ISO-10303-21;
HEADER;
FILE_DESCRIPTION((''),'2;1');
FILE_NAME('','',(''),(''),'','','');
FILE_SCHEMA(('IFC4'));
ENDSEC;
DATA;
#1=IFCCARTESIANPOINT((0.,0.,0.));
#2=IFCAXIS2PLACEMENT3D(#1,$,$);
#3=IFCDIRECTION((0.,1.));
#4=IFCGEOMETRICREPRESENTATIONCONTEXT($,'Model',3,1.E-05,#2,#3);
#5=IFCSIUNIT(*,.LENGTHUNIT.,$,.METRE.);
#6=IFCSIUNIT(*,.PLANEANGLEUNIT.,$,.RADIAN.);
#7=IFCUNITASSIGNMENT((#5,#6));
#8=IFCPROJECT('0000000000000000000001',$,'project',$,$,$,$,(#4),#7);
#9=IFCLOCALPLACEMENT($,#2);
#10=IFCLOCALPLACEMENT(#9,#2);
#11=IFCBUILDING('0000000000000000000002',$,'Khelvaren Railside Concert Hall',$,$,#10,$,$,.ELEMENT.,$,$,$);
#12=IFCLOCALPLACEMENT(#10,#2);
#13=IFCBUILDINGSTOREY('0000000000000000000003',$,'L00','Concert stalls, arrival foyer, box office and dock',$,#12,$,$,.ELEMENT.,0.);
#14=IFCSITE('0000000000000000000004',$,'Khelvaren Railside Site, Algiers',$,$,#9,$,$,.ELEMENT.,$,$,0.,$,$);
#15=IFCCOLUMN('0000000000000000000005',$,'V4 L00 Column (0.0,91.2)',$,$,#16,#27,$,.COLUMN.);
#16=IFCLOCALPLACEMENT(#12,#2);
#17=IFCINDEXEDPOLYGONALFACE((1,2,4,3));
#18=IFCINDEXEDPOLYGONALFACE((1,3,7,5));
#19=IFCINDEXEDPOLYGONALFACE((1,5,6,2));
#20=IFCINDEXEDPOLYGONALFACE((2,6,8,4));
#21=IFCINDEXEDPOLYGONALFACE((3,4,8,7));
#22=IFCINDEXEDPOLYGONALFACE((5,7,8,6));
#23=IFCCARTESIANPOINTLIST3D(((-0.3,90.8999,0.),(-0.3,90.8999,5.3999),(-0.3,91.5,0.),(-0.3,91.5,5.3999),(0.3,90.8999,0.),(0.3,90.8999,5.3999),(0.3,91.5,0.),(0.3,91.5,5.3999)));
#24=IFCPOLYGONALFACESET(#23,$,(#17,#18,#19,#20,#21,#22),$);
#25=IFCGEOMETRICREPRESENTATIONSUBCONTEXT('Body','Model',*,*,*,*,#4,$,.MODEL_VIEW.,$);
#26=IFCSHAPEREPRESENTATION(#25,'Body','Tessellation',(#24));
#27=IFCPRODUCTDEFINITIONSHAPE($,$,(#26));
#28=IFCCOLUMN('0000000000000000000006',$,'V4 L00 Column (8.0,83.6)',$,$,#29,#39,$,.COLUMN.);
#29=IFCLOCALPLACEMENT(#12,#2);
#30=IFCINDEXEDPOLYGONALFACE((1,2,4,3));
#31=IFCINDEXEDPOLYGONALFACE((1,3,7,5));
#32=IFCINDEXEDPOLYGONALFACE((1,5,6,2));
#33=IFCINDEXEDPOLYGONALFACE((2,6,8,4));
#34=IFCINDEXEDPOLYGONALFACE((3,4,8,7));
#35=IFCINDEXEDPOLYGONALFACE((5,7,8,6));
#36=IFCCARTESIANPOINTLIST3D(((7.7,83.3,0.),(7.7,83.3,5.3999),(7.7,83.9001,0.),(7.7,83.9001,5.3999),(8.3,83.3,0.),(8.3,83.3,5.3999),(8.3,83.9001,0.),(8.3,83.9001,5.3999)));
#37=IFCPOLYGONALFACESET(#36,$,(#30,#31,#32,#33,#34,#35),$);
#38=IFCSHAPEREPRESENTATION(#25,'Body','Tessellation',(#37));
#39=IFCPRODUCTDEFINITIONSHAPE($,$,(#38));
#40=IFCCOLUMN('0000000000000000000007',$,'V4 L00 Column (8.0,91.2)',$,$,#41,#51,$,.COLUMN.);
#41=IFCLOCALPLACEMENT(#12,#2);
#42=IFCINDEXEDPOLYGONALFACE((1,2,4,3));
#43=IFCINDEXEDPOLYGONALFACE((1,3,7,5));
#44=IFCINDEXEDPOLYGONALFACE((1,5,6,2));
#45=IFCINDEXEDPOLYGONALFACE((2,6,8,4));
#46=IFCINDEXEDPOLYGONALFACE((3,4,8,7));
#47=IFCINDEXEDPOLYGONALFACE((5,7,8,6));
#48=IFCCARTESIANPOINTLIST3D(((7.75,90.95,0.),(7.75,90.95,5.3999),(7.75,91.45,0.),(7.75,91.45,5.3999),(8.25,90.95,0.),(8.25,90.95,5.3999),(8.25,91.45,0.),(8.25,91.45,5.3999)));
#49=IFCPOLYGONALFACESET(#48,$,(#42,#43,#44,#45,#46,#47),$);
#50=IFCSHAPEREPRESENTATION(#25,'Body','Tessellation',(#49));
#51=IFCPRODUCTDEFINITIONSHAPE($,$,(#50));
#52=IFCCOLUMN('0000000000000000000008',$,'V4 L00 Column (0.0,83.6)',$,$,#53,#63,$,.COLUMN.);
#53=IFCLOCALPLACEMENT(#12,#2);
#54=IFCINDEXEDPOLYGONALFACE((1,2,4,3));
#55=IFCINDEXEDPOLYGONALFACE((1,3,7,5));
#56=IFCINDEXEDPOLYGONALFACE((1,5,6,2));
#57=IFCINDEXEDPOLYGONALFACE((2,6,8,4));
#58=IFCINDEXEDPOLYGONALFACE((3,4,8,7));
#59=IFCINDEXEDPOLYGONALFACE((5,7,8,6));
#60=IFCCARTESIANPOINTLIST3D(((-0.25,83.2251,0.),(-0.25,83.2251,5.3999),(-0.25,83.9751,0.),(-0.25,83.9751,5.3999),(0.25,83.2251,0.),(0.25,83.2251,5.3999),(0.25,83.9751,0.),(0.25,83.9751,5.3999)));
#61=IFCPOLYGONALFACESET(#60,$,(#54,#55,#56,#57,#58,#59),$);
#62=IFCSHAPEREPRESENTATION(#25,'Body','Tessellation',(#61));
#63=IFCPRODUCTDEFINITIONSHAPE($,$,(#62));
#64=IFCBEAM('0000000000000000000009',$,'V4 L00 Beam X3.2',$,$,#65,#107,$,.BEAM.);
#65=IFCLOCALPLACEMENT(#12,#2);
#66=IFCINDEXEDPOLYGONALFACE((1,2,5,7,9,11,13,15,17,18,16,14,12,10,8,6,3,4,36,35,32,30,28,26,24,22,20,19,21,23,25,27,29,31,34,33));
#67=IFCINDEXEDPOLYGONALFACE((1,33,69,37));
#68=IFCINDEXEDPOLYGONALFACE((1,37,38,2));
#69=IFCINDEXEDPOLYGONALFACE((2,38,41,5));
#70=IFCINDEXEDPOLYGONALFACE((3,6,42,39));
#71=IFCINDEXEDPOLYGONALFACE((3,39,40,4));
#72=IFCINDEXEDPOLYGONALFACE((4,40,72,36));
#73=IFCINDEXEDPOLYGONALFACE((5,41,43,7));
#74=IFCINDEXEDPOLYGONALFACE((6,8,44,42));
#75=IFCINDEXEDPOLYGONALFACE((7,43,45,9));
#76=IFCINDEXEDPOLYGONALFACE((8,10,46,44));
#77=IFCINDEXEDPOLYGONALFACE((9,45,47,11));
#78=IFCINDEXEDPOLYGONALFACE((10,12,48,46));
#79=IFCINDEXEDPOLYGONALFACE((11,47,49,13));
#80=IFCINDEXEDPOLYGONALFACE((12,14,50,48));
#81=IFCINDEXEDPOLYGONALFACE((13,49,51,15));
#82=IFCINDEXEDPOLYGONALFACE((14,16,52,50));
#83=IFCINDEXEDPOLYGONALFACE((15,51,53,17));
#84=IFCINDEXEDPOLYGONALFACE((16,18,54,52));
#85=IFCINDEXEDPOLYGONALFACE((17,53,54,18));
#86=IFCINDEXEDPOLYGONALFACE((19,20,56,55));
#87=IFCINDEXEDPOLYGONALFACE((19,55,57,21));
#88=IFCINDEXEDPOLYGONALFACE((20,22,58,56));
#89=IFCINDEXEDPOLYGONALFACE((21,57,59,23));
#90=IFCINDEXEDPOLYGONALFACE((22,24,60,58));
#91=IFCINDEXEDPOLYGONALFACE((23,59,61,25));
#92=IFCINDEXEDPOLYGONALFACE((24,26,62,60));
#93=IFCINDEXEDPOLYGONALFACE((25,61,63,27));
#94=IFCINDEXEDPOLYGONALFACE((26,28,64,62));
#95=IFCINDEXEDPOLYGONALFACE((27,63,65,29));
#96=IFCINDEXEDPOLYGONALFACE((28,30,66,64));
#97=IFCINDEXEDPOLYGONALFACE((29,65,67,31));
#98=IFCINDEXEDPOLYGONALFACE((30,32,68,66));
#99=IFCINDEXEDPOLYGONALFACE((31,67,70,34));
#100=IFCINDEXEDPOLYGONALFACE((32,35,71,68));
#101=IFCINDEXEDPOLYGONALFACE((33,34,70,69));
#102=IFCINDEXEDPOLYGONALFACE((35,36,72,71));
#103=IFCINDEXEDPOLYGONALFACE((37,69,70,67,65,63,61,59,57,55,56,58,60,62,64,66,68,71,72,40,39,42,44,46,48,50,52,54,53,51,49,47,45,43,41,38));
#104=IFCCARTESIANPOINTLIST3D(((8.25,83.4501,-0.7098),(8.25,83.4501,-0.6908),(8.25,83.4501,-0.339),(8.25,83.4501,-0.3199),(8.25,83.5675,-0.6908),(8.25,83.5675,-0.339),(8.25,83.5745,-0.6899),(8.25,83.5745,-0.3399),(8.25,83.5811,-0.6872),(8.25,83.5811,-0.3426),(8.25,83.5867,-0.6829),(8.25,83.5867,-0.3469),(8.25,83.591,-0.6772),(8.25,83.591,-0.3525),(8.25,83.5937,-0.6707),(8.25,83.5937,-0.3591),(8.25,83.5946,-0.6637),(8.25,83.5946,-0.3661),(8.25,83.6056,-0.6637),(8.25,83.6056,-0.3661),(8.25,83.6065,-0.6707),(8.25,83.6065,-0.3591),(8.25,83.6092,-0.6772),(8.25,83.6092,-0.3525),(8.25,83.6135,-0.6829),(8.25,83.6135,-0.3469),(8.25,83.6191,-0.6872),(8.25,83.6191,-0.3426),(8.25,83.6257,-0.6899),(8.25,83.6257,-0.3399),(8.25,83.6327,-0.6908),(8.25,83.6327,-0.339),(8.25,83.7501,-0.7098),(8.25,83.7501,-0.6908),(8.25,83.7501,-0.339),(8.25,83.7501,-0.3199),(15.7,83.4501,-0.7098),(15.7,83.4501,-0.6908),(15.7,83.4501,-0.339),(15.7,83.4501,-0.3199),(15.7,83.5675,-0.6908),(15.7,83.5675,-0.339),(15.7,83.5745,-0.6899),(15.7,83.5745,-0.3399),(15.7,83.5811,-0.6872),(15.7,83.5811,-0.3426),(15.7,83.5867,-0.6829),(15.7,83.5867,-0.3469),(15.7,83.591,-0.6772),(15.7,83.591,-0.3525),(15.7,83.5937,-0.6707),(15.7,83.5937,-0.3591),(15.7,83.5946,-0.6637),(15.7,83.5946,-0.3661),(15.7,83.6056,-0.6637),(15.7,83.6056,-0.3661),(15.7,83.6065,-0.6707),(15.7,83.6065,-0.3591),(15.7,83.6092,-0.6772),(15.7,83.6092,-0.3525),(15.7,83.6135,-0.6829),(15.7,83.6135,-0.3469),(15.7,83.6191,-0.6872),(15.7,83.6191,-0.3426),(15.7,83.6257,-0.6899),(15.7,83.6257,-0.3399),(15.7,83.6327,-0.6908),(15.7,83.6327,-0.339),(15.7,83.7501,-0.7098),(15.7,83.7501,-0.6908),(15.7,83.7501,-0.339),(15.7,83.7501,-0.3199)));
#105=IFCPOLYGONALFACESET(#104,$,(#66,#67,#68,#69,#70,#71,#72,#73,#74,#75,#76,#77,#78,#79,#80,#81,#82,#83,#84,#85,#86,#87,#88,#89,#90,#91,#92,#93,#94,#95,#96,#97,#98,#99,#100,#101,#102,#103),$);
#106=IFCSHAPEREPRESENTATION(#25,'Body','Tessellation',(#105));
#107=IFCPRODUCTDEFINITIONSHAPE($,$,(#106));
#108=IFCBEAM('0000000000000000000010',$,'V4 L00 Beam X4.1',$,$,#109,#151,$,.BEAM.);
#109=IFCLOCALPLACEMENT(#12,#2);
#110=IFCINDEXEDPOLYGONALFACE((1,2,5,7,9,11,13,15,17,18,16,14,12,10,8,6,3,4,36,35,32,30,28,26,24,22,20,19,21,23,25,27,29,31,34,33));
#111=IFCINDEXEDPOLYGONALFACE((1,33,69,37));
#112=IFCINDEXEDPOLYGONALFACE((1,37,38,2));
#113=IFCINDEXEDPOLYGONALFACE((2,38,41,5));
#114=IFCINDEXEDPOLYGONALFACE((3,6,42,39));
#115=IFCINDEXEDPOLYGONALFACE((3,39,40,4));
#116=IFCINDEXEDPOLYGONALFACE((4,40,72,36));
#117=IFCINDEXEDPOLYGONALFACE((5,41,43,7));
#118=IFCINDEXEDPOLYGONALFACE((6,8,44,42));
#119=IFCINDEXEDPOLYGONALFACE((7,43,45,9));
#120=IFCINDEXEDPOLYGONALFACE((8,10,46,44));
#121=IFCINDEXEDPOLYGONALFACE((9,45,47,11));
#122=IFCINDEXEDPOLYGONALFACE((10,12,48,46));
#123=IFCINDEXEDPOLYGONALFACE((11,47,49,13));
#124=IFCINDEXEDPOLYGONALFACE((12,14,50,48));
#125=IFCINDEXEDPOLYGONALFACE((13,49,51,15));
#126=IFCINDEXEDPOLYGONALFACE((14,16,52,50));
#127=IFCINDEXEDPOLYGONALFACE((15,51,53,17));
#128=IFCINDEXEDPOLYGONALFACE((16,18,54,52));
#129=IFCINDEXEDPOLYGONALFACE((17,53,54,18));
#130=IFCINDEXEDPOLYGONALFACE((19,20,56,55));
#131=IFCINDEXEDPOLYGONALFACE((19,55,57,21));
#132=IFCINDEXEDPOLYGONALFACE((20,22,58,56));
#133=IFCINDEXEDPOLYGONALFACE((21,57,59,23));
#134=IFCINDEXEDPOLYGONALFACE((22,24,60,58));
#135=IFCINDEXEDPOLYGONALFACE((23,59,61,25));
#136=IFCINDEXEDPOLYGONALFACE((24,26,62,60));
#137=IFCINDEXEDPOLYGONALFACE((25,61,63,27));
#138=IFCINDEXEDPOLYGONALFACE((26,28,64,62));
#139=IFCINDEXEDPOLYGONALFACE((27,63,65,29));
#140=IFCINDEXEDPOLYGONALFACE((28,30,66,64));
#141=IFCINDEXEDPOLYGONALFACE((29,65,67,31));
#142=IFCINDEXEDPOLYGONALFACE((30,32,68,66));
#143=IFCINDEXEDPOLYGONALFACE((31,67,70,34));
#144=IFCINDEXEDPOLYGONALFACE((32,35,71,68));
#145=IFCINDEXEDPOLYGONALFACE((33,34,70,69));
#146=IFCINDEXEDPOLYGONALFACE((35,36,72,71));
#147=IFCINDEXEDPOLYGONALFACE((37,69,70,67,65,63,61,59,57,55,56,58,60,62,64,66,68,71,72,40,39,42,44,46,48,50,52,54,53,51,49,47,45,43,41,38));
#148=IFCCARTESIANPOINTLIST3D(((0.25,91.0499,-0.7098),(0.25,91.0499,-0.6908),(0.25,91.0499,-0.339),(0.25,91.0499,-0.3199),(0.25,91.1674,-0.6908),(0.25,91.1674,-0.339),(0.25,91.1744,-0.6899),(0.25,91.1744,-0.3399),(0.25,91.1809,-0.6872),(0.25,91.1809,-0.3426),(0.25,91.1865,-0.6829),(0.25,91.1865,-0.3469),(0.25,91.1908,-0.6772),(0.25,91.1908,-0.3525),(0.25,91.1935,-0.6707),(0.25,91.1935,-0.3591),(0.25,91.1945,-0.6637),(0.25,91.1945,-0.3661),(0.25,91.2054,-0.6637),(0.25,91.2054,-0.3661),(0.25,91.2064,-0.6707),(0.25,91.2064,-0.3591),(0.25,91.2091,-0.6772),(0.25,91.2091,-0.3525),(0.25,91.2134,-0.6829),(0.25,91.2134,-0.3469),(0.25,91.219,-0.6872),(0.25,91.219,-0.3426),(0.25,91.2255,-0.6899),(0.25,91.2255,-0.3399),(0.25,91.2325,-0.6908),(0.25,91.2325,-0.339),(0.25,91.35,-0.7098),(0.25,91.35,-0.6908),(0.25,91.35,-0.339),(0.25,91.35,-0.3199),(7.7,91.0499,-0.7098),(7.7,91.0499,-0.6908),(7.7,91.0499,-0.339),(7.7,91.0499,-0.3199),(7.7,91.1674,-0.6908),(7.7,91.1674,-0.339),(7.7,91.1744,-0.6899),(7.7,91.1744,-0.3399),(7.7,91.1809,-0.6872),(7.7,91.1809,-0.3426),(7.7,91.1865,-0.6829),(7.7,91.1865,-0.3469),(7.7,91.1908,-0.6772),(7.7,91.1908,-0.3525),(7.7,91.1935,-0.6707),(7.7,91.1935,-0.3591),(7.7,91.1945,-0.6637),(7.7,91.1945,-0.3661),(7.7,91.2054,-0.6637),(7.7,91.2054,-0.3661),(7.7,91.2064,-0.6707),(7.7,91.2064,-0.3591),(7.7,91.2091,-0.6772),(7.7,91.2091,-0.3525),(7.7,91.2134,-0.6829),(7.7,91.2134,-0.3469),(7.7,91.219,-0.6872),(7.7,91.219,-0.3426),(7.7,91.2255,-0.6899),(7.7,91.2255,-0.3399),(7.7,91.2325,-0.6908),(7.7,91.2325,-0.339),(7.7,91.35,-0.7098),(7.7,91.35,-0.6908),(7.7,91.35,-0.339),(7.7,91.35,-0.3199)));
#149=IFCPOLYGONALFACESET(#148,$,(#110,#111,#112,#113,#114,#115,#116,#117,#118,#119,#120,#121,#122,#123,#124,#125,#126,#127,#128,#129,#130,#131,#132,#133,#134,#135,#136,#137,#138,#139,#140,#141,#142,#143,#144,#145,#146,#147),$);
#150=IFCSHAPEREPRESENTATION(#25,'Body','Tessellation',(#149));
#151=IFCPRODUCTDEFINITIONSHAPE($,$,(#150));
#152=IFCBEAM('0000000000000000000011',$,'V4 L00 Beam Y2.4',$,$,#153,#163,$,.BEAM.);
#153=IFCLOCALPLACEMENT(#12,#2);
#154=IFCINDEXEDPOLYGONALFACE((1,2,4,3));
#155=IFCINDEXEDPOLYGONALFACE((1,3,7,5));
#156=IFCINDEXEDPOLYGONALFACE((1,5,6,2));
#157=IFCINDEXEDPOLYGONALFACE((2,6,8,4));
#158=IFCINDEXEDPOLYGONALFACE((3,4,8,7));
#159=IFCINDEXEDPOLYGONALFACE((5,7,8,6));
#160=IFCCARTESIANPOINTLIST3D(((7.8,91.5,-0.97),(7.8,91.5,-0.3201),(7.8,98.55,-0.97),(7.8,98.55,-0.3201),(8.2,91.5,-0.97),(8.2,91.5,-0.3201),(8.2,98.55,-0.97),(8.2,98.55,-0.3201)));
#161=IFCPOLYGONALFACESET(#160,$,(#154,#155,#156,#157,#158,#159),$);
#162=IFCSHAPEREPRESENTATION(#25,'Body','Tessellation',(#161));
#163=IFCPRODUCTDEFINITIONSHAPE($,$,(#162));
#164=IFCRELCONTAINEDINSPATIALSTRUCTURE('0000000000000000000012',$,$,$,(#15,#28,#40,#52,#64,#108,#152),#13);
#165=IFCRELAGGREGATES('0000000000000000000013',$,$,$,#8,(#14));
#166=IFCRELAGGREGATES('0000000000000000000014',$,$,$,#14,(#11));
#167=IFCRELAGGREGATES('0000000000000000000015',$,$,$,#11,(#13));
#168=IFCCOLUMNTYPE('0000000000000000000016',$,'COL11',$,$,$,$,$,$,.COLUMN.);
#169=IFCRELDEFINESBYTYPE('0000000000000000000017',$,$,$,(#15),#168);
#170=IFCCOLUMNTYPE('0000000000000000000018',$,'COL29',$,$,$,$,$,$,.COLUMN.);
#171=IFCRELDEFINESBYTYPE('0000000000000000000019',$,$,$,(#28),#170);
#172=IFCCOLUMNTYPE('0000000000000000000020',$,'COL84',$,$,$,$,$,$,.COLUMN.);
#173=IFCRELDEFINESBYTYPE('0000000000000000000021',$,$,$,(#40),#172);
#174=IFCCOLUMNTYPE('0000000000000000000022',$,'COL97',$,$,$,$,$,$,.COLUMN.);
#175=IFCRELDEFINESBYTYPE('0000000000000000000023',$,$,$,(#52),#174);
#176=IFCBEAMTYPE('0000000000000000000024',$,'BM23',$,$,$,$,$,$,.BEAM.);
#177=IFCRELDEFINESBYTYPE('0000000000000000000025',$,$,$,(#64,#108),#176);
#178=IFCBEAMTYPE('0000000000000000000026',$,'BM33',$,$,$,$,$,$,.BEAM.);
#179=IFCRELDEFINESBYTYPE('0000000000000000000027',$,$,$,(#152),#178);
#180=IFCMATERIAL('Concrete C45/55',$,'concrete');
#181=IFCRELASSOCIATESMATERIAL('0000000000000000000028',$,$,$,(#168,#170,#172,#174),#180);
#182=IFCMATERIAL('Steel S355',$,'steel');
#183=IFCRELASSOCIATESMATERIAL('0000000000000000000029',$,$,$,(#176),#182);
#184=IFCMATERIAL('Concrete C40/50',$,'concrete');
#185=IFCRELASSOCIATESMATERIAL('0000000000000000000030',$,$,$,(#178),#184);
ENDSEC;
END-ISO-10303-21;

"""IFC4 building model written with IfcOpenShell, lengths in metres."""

from ifc_helpers import new_model, si_unit, direction, frame, origin, origin_2d, place, context, subcontext, project, spatial, rectangle, i_section, extrude, material, material_profile, profile_set, type_object, element, save


model = new_model("IFC4")

# Units and contexts
model_context = context("Model", 3, precision=1e-05, world=origin(), true_north=direction((0.0, 1.0)))
body_context = subcontext(model_context, "Body", "Model", "MODEL_VIEW")
ifc_project = project(units=[si_unit("LENGTHUNIT", "METRE"), si_unit("PLANEANGLEUNIT", "RADIAN")], contexts=[model_context])

# Site, building, storey
site_placement = place(None, origin())
site = spatial("IfcSite", under=ifc_project, at=site_placement, Name="Khelvaren Railside Site, Algiers", CompositionType="ELEMENT", RefElevation=0.0)
building_placement = place(site_placement, origin())
building = spatial("IfcBuilding", under=site, at=building_placement, Name="Khelvaren Railside Concert Hall", CompositionType="ELEMENT")
storey_placement = place(building_placement, origin())
storey = spatial("IfcBuildingStorey", under=building, at=storey_placement, Name="L00", Description="Concert stalls, arrival foyer, box office and dock", CompositionType="ELEMENT", Elevation=0.0)

# Columns
ifc_material_1 = material(Name="Concrete C45/55", Category="concrete")
ifc_material_profile_1 = material_profile(ifc_material_1, rectangle(XDim=0.6001, YDim=0.6001, at=origin_2d()), Name="RC 600x600")
ifc_profile_set_1 = profile_set([ifc_material_profile_1], Name="Concrete C45/55")
column_type_1 = type_object("IfcColumnType", Name="COL11", PredefinedType="COLUMN", material=ifc_profile_set_1)
column_1_placement = place(storey_placement, frame((0.0, 91.2, 0.0), z_axis=(0.0, 0.0, 1.0), x_axis=(1.0, 0.0, 0.0)))
element("IfcColumn", 1, at=column_1_placement, inside=storey, type_object=column_type_1, Name="V4 L00 Column (0.0,91.2)", PredefinedType="COLUMN", context=body_context, shape_type="SweptSolid", body=[
    extrude(rectangle(XDim=0.6001, YDim=0.6001, at=origin_2d()), origin(), (0.0, 0.0, 1.0), 5.3999),
])
ifc_material_profile_2 = material_profile(ifc_material_1, rectangle(XDim=0.6001, YDim=0.6001, at=origin_2d()), Name="RC 600x600")
ifc_profile_set_2 = profile_set([ifc_material_profile_2], Name="Concrete C45/55")
column_type_2 = type_object("IfcColumnType", Name="COL29", PredefinedType="COLUMN", material=ifc_profile_set_2)
column_2_placement = place(storey_placement, frame((8.0, 83.6001, 0.0), z_axis=(0.0, 0.0, 1.0), x_axis=(1.0, 0.0, 0.0)))
element("IfcColumn", 2, at=column_2_placement, inside=storey, type_object=column_type_2, Name="V4 L00 Column (8.0,83.6)", PredefinedType="COLUMN", context=body_context, shape_type="SweptSolid", body=[
    extrude(rectangle(XDim=0.6001, YDim=0.6001, at=origin_2d()), origin(), (0.0, 0.0, 1.0), 5.3999),
])
ifc_material_profile_3 = material_profile(ifc_material_1, rectangle(XDim=0.5, YDim=0.5, at=origin_2d()), Name="RC 500x500")
ifc_profile_set_3 = profile_set([ifc_material_profile_3], Name="Concrete C45/55")
column_type_3 = type_object("IfcColumnType", Name="COL84", PredefinedType="COLUMN", material=ifc_profile_set_3)
column_3_placement = place(storey_placement, frame((8.0, 91.2, 0.0), z_axis=(0.0, 0.0, 1.0), x_axis=(1.0, 0.0, 0.0)))
element("IfcColumn", 3, at=column_3_placement, inside=storey, type_object=column_type_3, Name="V4 L00 Column (8.0,91.2)", PredefinedType="COLUMN", context=body_context, shape_type="SweptSolid", body=[
    extrude(rectangle(XDim=0.5, YDim=0.5, at=origin_2d()), origin(), (0.0, 0.0, 1.0), 5.3999),
])
ifc_material_profile_4 = material_profile(ifc_material_1, rectangle(XDim=0.5, YDim=0.75, at=origin_2d()), Name="RC 500x750")
ifc_profile_set_4 = profile_set([ifc_material_profile_4], Name="Concrete C45/55")
column_type_4 = type_object("IfcColumnType", Name="COL97", PredefinedType="COLUMN", material=ifc_profile_set_4)
column_4_placement = place(storey_placement, frame((0.0, 83.6001, 0.0), z_axis=(0.0, 0.0, 1.0), x_axis=(1.0, 0.0, 0.0)))
element("IfcColumn", 4, at=column_4_placement, inside=storey, type_object=column_type_4, Name="V4 L00 Column (0.0,83.6)", PredefinedType="COLUMN", context=body_context, shape_type="SweptSolid", body=[
    extrude(rectangle(XDim=0.5, YDim=0.75, at=origin_2d()), origin(), (0.0, 0.0, 1.0), 5.3999),
])

# Beams
ifc_material_2 = material(Name="Steel S355", Category="steel")
ifc_material_profile_5 = material_profile(ifc_material_2, i_section(OverallWidth=0.3, OverallDepth=0.3899, WebThickness=0.011, FlangeThickness=0.019, FilletRadius=0.0271, at=origin_2d()), Name="HEA 400")
ifc_profile_set_5 = profile_set([ifc_material_profile_5], Name="Steel S355")
beam_type_1 = type_object("IfcBeamType", Name="BM23", PredefinedType="BEAM", material=ifc_profile_set_5)
for number, where, z_axis, x_axis, name in (
    (5, (8.25, 83.6001, -0.5149), (1.0, 0.0, 0.0), (0.0, 1.0, 0.0), "V4 L00 Beam X3.2"),
    (6, (0.25, 91.2, -0.5149), (1.0, 0.0, 0.0), (0.0, 1.0, 0.0), "V4 L00 Beam X4.1"),
):
    element("IfcBeam", number, at=place(storey_placement, frame(where, z_axis=z_axis, x_axis=x_axis)), inside=storey, type_object=beam_type_1, Name=name, PredefinedType="BEAM", context=body_context, shape_type="SweptSolid", body=[
        extrude(i_section(OverallWidth=0.3, OverallDepth=0.3899, WebThickness=0.011, FlangeThickness=0.019, FilletRadius=0.0271, at=origin_2d()), origin(), (0.0, 0.0, 1.0), 7.45),
    ])
ifc_material_3 = material(Name="Concrete C40/50", Category="concrete")
ifc_material_profile_6 = material_profile(ifc_material_3, rectangle(XDim=0.3999, YDim=0.6499, at=origin_2d()), Name="RCB 400x650")
ifc_profile_set_6 = profile_set([ifc_material_profile_6], Name="Concrete C40/50")
beam_type_2 = type_object("IfcBeamType", Name="BM33", PredefinedType="BEAM", material=ifc_profile_set_6)
beam_1_placement = place(storey_placement, frame((8.0, 91.5, -0.645), z_axis=(0.0, 1.0, 0.0), x_axis=(-1.0, 0.0, 0.0)))
element("IfcBeam", 7, at=beam_1_placement, inside=storey, type_object=beam_type_2, Name="V4 L00 Beam Y2.4", PredefinedType="BEAM", context=body_context, shape_type="SweptSolid", body=[
    extrude(rectangle(XDim=0.3999, YDim=0.6499, at=origin_2d()), origin(), (0.0, 0.0, 1.0), 7.05),
])

save(model, "model.ifc")
